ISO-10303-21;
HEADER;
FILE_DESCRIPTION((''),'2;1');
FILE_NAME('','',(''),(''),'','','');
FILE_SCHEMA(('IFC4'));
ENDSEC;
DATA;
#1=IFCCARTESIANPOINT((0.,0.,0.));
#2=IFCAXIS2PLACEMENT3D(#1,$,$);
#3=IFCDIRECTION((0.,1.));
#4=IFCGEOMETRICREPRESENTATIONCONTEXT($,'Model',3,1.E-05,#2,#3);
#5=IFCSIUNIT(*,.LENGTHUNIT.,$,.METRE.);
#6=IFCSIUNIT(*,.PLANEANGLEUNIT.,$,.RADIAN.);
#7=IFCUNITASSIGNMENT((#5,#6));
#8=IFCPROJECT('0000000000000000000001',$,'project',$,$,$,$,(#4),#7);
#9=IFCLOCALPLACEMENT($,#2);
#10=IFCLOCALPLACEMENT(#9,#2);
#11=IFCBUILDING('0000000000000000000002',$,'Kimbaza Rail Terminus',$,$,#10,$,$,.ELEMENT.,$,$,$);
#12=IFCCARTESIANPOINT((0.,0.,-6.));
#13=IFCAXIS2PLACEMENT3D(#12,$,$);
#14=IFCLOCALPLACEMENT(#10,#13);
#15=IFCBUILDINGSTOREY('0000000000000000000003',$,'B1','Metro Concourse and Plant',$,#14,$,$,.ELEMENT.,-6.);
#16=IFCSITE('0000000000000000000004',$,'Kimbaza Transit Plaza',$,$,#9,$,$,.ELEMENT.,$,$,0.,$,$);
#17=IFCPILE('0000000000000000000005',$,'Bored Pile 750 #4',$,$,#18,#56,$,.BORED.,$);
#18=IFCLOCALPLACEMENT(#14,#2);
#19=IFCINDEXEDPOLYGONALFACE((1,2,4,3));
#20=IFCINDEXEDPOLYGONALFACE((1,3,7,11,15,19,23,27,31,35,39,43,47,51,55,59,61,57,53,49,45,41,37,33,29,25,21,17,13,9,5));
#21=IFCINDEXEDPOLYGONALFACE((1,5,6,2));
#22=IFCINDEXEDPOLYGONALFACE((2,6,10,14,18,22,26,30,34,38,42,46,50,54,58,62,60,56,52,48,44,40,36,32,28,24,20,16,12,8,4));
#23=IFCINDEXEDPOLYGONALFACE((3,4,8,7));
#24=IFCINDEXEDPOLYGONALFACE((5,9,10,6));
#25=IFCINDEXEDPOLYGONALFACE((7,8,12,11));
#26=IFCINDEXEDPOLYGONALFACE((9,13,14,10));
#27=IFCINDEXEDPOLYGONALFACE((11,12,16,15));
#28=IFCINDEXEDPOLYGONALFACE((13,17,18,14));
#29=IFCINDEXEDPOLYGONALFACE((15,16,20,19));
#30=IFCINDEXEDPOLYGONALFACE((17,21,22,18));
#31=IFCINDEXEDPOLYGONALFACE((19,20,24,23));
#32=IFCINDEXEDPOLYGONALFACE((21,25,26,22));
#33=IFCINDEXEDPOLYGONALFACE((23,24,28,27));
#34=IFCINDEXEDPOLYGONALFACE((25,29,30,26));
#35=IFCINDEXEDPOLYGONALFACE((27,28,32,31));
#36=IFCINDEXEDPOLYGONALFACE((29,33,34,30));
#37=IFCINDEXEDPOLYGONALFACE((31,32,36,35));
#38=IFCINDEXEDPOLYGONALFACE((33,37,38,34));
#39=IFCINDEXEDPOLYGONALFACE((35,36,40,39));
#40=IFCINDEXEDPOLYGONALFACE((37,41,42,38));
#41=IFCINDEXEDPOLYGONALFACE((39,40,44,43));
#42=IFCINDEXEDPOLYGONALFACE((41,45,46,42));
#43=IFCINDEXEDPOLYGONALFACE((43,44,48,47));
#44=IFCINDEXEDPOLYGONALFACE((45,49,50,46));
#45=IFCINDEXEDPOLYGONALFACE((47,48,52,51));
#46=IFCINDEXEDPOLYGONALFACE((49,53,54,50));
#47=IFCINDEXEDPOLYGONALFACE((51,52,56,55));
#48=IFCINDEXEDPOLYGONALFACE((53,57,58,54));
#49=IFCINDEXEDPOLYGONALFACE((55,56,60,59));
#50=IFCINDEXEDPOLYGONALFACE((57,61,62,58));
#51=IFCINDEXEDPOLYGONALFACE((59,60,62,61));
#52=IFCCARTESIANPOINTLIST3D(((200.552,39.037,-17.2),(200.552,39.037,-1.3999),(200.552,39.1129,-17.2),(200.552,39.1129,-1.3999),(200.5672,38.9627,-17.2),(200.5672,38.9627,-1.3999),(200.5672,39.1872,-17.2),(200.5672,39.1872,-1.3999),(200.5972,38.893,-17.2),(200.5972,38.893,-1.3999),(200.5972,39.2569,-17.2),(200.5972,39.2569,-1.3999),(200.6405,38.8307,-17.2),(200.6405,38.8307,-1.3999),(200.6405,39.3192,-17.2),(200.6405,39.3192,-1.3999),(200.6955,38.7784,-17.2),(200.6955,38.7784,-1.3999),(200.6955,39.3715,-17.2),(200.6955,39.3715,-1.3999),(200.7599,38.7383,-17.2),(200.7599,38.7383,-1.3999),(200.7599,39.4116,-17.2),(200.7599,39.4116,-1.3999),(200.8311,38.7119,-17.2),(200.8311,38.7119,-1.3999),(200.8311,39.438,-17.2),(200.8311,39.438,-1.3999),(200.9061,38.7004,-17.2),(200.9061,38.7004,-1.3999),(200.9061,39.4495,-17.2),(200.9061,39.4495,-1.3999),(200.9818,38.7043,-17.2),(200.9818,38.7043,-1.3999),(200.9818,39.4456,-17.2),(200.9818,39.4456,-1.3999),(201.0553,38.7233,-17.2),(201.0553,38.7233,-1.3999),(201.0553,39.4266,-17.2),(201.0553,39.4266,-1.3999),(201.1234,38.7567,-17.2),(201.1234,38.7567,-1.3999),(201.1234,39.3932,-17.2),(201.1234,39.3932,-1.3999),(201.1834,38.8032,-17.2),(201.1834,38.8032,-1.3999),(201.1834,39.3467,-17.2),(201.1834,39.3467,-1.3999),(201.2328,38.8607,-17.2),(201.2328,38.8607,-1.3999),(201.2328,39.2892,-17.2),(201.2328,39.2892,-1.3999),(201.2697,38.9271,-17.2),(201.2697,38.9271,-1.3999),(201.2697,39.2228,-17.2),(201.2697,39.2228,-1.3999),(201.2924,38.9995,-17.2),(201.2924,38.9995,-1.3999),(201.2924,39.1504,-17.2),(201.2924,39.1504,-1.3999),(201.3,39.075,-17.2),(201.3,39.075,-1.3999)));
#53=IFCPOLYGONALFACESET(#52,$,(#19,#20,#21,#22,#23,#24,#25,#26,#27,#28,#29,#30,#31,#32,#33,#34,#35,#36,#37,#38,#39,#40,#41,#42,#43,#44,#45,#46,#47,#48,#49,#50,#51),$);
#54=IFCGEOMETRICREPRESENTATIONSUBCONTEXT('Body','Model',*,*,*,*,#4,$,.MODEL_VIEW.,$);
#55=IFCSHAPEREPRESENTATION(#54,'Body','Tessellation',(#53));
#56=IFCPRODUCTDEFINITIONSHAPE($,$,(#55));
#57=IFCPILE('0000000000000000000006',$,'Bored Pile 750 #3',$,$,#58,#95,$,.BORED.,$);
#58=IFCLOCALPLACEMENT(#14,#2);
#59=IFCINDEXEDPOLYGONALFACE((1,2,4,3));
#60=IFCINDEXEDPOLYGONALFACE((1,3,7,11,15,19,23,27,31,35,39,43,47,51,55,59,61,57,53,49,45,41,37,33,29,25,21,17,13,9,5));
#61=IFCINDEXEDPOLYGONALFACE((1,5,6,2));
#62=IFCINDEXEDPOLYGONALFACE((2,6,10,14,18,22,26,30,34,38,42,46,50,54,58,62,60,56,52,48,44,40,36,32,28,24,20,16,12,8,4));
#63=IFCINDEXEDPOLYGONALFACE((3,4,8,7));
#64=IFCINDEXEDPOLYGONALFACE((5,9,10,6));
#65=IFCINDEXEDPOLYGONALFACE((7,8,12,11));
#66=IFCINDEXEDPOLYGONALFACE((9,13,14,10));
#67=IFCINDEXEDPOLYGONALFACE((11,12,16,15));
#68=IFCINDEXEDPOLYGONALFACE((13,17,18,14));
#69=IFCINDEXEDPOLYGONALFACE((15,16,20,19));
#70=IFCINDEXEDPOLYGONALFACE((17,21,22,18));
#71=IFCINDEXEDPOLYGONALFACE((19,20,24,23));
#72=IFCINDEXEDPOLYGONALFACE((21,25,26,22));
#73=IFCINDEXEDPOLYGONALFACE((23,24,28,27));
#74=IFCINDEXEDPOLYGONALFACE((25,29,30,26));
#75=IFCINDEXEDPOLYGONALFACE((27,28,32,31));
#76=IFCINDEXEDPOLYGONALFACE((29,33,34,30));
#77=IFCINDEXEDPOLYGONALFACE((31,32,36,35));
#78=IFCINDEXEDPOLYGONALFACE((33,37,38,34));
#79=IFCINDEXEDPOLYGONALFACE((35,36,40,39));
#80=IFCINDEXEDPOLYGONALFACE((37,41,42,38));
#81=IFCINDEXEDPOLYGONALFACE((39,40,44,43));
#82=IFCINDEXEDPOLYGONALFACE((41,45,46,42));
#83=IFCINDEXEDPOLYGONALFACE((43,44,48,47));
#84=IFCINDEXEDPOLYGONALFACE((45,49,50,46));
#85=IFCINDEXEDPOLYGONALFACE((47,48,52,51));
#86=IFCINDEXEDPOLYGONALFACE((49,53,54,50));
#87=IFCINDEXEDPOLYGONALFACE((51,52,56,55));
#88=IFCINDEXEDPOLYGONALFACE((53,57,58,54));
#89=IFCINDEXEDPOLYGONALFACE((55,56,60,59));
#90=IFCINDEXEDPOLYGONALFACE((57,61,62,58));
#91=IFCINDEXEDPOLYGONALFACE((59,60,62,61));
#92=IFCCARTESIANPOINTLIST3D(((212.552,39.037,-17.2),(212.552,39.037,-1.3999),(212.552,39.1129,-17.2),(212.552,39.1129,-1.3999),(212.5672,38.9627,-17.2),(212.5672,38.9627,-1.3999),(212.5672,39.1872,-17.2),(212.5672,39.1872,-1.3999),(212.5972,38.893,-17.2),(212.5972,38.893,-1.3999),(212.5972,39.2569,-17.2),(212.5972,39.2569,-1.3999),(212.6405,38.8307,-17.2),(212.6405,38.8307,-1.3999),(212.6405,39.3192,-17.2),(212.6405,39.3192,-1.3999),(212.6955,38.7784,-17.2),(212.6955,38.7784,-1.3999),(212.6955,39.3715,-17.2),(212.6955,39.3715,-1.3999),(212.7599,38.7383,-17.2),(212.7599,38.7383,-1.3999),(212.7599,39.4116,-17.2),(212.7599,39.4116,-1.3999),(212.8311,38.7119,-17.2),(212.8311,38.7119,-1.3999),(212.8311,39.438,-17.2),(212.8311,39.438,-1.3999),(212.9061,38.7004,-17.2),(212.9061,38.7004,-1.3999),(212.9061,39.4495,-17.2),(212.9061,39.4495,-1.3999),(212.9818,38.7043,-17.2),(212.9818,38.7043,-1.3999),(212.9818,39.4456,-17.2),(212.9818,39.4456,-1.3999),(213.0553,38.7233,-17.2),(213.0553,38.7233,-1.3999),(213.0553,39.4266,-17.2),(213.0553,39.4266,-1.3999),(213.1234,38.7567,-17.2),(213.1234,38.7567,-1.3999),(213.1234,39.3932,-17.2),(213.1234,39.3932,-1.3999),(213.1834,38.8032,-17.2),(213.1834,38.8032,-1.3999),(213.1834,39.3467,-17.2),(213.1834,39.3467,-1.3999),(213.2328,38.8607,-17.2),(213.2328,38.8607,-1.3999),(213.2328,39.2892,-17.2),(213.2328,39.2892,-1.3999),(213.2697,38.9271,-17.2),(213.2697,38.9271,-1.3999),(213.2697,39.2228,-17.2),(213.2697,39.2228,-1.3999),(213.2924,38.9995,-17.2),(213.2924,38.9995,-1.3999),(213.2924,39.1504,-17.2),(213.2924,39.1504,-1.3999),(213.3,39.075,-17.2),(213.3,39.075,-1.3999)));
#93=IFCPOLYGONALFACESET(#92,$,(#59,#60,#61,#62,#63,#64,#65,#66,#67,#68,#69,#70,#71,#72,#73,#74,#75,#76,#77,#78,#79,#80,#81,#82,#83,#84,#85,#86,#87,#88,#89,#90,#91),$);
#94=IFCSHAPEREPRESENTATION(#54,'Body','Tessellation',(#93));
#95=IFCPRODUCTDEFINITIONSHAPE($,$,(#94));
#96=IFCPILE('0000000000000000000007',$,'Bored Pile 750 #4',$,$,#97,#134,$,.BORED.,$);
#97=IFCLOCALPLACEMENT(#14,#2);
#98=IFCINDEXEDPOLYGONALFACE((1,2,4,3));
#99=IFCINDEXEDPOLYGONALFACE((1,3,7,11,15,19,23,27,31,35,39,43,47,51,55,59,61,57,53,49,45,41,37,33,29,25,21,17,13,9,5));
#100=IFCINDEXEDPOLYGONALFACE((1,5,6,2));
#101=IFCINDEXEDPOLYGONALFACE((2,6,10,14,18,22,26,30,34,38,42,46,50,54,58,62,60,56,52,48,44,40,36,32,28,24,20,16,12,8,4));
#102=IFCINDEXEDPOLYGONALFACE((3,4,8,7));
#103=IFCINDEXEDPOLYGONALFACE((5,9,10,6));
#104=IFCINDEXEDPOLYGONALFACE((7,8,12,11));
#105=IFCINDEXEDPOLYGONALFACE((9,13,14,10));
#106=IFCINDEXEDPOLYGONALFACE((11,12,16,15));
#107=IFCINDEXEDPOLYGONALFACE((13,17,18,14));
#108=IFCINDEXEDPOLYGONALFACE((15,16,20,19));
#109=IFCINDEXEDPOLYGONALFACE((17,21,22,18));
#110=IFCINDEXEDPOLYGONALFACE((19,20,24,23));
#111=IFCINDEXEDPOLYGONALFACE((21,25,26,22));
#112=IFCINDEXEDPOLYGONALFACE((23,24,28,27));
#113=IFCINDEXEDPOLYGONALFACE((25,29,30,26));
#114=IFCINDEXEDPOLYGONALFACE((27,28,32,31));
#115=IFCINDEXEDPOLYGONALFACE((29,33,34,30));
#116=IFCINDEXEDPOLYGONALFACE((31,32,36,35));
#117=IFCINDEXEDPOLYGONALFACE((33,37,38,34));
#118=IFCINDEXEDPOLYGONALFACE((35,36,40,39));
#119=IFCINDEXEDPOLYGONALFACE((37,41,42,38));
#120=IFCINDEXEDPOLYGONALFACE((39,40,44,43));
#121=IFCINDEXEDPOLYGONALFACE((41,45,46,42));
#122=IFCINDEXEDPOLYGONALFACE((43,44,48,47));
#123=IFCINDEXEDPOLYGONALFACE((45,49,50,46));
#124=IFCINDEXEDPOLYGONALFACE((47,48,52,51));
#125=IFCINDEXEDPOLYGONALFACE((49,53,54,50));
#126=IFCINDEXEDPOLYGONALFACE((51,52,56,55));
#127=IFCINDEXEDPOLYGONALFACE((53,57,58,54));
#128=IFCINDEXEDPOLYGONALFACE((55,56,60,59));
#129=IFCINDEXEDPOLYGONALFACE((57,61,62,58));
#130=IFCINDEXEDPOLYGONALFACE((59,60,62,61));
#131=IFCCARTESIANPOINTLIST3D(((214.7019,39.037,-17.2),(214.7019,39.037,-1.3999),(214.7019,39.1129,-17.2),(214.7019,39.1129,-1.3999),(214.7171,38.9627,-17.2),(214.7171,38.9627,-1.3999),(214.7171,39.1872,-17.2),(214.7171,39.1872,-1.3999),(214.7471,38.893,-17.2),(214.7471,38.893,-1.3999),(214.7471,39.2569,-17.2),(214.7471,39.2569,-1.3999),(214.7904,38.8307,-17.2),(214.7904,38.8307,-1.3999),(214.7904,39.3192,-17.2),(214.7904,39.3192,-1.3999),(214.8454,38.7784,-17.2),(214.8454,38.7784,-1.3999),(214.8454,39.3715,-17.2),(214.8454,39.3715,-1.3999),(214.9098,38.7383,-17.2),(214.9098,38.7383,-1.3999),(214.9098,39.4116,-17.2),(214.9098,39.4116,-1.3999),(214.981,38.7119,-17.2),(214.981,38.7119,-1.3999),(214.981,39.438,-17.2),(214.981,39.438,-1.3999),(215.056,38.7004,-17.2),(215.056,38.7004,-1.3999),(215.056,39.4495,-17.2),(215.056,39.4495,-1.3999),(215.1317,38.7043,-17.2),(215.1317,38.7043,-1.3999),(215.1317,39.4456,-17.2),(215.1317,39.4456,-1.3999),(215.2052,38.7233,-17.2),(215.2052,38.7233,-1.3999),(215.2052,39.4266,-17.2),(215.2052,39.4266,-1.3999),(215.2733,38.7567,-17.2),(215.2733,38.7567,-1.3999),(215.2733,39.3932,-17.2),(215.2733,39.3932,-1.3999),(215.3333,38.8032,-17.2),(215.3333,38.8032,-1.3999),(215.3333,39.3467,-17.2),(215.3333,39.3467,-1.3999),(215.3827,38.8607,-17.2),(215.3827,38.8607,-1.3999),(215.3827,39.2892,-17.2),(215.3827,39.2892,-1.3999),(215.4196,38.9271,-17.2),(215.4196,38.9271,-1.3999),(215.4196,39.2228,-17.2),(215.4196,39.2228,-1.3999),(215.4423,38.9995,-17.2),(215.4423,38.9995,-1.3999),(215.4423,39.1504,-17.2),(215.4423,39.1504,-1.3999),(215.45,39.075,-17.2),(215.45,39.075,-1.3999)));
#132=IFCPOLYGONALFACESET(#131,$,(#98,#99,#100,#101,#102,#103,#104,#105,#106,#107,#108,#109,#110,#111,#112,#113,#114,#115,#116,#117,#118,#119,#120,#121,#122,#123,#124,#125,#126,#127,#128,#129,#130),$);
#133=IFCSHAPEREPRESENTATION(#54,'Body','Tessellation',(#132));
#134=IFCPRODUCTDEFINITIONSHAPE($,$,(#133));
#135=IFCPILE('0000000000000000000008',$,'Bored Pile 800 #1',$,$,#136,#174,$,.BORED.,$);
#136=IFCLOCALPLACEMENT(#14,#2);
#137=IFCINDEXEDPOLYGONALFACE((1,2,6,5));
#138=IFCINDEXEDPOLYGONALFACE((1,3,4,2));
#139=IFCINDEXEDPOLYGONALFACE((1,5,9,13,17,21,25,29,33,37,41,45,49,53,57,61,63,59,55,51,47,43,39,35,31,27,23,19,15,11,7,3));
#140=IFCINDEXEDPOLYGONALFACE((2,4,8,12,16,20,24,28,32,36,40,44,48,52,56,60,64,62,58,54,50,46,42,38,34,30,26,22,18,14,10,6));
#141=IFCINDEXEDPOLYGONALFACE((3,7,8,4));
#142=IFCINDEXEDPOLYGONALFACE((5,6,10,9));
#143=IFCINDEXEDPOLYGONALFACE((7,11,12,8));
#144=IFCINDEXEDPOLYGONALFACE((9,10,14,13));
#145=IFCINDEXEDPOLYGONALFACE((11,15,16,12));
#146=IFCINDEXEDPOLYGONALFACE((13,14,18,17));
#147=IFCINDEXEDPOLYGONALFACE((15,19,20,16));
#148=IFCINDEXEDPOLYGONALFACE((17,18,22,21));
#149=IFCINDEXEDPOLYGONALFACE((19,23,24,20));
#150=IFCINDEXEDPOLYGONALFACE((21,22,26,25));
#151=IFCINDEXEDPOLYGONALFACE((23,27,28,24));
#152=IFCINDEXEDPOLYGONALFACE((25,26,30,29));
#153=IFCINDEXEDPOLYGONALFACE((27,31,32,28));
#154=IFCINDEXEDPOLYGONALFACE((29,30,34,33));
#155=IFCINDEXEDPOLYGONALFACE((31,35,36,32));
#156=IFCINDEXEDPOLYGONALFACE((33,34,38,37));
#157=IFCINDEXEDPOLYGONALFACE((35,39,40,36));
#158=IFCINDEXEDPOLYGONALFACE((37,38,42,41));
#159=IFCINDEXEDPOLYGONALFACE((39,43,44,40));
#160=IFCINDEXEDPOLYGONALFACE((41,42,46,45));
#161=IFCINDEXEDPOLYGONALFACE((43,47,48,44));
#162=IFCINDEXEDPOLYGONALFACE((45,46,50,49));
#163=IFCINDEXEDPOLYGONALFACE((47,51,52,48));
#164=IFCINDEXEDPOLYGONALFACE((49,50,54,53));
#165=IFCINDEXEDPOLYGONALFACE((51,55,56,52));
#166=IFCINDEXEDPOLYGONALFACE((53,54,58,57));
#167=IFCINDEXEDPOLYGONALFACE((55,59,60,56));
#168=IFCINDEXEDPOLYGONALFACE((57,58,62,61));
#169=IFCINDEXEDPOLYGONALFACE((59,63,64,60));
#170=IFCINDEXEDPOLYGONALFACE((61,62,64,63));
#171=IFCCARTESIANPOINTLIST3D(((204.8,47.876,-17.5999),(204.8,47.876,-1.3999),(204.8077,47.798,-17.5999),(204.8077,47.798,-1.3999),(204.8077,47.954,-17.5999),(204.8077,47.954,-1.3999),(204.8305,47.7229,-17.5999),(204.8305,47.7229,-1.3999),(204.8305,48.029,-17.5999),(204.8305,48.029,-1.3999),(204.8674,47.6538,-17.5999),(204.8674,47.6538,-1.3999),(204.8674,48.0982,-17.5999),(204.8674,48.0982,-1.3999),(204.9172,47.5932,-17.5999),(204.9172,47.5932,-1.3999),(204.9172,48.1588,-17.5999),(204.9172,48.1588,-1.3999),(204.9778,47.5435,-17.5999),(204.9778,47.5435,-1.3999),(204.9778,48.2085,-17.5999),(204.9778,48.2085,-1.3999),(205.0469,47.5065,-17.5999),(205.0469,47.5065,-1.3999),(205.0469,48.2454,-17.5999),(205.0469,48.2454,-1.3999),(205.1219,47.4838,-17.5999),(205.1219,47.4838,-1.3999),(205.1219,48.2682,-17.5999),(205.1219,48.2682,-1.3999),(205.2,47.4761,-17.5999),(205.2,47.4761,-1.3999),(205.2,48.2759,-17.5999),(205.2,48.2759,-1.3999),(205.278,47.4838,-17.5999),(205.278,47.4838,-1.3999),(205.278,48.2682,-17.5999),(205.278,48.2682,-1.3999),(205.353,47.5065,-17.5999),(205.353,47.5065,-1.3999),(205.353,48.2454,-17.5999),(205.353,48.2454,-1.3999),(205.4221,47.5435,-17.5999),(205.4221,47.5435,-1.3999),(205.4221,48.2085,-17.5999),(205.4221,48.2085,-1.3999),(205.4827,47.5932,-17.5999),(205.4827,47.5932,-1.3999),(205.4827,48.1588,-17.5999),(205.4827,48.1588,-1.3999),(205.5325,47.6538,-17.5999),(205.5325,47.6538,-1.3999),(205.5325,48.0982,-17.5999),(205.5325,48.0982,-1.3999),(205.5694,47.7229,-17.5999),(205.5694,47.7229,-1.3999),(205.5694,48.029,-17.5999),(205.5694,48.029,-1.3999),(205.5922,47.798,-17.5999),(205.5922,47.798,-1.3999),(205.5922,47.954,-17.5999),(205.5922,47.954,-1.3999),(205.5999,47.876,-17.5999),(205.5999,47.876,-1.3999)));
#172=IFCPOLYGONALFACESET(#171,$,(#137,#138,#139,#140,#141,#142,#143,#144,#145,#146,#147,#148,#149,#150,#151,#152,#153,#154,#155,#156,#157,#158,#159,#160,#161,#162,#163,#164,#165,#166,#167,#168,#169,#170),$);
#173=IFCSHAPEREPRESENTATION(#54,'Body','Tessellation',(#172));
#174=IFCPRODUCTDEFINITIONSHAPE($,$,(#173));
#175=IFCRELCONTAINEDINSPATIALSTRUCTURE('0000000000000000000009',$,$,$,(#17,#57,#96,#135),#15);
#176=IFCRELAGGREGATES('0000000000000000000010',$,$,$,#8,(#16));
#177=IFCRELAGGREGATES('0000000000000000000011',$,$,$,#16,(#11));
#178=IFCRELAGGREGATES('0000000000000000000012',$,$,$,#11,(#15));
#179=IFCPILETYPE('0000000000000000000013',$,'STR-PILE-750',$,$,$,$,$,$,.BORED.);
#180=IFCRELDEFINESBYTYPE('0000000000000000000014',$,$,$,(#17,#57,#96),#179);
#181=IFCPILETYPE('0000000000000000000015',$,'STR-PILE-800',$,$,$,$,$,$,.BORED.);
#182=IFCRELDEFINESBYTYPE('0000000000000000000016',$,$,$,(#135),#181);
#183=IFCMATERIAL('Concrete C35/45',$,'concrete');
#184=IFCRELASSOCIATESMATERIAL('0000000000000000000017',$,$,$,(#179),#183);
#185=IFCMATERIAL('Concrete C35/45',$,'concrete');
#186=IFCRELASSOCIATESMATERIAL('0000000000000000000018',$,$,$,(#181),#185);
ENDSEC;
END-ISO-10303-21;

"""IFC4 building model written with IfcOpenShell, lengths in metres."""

from ifc_helpers import new_model, si_unit, direction, frame, origin, origin_2d, place, context, subcontext, project, spatial, circle, extrude, material, material_profile, profile_set, type_object, element, save


model = new_model("IFC4")

# Units and contexts
model_context = context("Model", 3, precision=1e-05, world=origin(), true_north=direction((0.0, 1.0)))
body_context = subcontext(model_context, "Body", "Model", "MODEL_VIEW")
ifc_project = project(units=[si_unit("LENGTHUNIT", "METRE"), si_unit("PLANEANGLEUNIT", "RADIAN")], contexts=[model_context])

# Site, building, storey
site_placement = place(None, origin())
site = spatial("IfcSite", under=ifc_project, at=site_placement, Name="Kimbaza Transit Plaza", CompositionType="ELEMENT", RefElevation=0.0)
building_placement = place(site_placement, origin())
building = spatial("IfcBuilding", under=site, at=building_placement, Name="Kimbaza Rail Terminus", CompositionType="ELEMENT")
storey_placement = place(building_placement, frame((0.0, 0.0, -6.0)))
storey = spatial("IfcBuildingStorey", under=building, at=storey_placement, Name="B1", Description="Metro Concourse and Plant", CompositionType="ELEMENT", Elevation=-6.0)

# Piles
ifc_material_1 = material(Name="Concrete C35/45", Category="concrete")
ifc_material_profile_1 = material_profile(ifc_material_1, circle(Radius=0.375, at=origin_2d()), Name="BORED PILE 750")
ifc_profile_set_1 = profile_set([ifc_material_profile_1], Name="Concrete C35/45")
pile_type_1 = type_object("IfcPileType", Name="STR-PILE-750", PredefinedType="BORED", material=ifc_profile_set_1)
for number, where, z_axis, x_axis, name in (
    (1, (200.925, 39.075, -1.3999), (0.0, 0.0, -1.0), (1.0, 0.0, 0.0), "Bored Pile 750 #4"),
    (2, (212.925, 39.075, -1.3999), (0.0, 0.0, -1.0), (1.0, 0.0, 0.0), "Bored Pile 750 #3"),
    (3, (215.075, 39.075, -1.3999), (0.0, 0.0, -1.0), (1.0, 0.0, 0.0), "Bored Pile 750 #4"),
):
    element("IfcPile", number, at=place(storey_placement, frame(where, z_axis=z_axis, x_axis=x_axis)), inside=storey, type_object=pile_type_1, Name=name, PredefinedType="BORED", context=body_context, shape_type="SweptSolid", body=[
        extrude(circle(Radius=0.375, at=origin_2d()), origin(), (0.0, 0.0, 1.0), 15.8),
    ])
ifc_material_2 = material(Name="Concrete C35/45", Category="concrete")
ifc_material_profile_2 = material_profile(ifc_material_2, circle(Radius=0.3999, at=origin_2d()), Name="BORED PILE 800")
ifc_profile_set_2 = profile_set([ifc_material_profile_2], Name="Concrete C35/45")
pile_type_2 = type_object("IfcPileType", Name="STR-PILE-800", PredefinedType="BORED", material=ifc_profile_set_2)
for number, where, z_axis, x_axis, name in (
    (4, (205.2, 47.876, -1.3999), (0.0, 0.0, -1.0), (1.0, 0.0, 0.0), "Bored Pile 800 #1"),
):
    element("IfcPile", number, at=place(storey_placement, frame(where, z_axis=z_axis, x_axis=x_axis)), inside=storey, type_object=pile_type_2, Name=name, PredefinedType="BORED", context=body_context, shape_type="SweptSolid", body=[
        extrude(circle(Radius=0.3999, at=origin_2d()), origin(), (0.0, 0.0, 1.0), 16.2),
    ])

save(model, "model.ifc")
